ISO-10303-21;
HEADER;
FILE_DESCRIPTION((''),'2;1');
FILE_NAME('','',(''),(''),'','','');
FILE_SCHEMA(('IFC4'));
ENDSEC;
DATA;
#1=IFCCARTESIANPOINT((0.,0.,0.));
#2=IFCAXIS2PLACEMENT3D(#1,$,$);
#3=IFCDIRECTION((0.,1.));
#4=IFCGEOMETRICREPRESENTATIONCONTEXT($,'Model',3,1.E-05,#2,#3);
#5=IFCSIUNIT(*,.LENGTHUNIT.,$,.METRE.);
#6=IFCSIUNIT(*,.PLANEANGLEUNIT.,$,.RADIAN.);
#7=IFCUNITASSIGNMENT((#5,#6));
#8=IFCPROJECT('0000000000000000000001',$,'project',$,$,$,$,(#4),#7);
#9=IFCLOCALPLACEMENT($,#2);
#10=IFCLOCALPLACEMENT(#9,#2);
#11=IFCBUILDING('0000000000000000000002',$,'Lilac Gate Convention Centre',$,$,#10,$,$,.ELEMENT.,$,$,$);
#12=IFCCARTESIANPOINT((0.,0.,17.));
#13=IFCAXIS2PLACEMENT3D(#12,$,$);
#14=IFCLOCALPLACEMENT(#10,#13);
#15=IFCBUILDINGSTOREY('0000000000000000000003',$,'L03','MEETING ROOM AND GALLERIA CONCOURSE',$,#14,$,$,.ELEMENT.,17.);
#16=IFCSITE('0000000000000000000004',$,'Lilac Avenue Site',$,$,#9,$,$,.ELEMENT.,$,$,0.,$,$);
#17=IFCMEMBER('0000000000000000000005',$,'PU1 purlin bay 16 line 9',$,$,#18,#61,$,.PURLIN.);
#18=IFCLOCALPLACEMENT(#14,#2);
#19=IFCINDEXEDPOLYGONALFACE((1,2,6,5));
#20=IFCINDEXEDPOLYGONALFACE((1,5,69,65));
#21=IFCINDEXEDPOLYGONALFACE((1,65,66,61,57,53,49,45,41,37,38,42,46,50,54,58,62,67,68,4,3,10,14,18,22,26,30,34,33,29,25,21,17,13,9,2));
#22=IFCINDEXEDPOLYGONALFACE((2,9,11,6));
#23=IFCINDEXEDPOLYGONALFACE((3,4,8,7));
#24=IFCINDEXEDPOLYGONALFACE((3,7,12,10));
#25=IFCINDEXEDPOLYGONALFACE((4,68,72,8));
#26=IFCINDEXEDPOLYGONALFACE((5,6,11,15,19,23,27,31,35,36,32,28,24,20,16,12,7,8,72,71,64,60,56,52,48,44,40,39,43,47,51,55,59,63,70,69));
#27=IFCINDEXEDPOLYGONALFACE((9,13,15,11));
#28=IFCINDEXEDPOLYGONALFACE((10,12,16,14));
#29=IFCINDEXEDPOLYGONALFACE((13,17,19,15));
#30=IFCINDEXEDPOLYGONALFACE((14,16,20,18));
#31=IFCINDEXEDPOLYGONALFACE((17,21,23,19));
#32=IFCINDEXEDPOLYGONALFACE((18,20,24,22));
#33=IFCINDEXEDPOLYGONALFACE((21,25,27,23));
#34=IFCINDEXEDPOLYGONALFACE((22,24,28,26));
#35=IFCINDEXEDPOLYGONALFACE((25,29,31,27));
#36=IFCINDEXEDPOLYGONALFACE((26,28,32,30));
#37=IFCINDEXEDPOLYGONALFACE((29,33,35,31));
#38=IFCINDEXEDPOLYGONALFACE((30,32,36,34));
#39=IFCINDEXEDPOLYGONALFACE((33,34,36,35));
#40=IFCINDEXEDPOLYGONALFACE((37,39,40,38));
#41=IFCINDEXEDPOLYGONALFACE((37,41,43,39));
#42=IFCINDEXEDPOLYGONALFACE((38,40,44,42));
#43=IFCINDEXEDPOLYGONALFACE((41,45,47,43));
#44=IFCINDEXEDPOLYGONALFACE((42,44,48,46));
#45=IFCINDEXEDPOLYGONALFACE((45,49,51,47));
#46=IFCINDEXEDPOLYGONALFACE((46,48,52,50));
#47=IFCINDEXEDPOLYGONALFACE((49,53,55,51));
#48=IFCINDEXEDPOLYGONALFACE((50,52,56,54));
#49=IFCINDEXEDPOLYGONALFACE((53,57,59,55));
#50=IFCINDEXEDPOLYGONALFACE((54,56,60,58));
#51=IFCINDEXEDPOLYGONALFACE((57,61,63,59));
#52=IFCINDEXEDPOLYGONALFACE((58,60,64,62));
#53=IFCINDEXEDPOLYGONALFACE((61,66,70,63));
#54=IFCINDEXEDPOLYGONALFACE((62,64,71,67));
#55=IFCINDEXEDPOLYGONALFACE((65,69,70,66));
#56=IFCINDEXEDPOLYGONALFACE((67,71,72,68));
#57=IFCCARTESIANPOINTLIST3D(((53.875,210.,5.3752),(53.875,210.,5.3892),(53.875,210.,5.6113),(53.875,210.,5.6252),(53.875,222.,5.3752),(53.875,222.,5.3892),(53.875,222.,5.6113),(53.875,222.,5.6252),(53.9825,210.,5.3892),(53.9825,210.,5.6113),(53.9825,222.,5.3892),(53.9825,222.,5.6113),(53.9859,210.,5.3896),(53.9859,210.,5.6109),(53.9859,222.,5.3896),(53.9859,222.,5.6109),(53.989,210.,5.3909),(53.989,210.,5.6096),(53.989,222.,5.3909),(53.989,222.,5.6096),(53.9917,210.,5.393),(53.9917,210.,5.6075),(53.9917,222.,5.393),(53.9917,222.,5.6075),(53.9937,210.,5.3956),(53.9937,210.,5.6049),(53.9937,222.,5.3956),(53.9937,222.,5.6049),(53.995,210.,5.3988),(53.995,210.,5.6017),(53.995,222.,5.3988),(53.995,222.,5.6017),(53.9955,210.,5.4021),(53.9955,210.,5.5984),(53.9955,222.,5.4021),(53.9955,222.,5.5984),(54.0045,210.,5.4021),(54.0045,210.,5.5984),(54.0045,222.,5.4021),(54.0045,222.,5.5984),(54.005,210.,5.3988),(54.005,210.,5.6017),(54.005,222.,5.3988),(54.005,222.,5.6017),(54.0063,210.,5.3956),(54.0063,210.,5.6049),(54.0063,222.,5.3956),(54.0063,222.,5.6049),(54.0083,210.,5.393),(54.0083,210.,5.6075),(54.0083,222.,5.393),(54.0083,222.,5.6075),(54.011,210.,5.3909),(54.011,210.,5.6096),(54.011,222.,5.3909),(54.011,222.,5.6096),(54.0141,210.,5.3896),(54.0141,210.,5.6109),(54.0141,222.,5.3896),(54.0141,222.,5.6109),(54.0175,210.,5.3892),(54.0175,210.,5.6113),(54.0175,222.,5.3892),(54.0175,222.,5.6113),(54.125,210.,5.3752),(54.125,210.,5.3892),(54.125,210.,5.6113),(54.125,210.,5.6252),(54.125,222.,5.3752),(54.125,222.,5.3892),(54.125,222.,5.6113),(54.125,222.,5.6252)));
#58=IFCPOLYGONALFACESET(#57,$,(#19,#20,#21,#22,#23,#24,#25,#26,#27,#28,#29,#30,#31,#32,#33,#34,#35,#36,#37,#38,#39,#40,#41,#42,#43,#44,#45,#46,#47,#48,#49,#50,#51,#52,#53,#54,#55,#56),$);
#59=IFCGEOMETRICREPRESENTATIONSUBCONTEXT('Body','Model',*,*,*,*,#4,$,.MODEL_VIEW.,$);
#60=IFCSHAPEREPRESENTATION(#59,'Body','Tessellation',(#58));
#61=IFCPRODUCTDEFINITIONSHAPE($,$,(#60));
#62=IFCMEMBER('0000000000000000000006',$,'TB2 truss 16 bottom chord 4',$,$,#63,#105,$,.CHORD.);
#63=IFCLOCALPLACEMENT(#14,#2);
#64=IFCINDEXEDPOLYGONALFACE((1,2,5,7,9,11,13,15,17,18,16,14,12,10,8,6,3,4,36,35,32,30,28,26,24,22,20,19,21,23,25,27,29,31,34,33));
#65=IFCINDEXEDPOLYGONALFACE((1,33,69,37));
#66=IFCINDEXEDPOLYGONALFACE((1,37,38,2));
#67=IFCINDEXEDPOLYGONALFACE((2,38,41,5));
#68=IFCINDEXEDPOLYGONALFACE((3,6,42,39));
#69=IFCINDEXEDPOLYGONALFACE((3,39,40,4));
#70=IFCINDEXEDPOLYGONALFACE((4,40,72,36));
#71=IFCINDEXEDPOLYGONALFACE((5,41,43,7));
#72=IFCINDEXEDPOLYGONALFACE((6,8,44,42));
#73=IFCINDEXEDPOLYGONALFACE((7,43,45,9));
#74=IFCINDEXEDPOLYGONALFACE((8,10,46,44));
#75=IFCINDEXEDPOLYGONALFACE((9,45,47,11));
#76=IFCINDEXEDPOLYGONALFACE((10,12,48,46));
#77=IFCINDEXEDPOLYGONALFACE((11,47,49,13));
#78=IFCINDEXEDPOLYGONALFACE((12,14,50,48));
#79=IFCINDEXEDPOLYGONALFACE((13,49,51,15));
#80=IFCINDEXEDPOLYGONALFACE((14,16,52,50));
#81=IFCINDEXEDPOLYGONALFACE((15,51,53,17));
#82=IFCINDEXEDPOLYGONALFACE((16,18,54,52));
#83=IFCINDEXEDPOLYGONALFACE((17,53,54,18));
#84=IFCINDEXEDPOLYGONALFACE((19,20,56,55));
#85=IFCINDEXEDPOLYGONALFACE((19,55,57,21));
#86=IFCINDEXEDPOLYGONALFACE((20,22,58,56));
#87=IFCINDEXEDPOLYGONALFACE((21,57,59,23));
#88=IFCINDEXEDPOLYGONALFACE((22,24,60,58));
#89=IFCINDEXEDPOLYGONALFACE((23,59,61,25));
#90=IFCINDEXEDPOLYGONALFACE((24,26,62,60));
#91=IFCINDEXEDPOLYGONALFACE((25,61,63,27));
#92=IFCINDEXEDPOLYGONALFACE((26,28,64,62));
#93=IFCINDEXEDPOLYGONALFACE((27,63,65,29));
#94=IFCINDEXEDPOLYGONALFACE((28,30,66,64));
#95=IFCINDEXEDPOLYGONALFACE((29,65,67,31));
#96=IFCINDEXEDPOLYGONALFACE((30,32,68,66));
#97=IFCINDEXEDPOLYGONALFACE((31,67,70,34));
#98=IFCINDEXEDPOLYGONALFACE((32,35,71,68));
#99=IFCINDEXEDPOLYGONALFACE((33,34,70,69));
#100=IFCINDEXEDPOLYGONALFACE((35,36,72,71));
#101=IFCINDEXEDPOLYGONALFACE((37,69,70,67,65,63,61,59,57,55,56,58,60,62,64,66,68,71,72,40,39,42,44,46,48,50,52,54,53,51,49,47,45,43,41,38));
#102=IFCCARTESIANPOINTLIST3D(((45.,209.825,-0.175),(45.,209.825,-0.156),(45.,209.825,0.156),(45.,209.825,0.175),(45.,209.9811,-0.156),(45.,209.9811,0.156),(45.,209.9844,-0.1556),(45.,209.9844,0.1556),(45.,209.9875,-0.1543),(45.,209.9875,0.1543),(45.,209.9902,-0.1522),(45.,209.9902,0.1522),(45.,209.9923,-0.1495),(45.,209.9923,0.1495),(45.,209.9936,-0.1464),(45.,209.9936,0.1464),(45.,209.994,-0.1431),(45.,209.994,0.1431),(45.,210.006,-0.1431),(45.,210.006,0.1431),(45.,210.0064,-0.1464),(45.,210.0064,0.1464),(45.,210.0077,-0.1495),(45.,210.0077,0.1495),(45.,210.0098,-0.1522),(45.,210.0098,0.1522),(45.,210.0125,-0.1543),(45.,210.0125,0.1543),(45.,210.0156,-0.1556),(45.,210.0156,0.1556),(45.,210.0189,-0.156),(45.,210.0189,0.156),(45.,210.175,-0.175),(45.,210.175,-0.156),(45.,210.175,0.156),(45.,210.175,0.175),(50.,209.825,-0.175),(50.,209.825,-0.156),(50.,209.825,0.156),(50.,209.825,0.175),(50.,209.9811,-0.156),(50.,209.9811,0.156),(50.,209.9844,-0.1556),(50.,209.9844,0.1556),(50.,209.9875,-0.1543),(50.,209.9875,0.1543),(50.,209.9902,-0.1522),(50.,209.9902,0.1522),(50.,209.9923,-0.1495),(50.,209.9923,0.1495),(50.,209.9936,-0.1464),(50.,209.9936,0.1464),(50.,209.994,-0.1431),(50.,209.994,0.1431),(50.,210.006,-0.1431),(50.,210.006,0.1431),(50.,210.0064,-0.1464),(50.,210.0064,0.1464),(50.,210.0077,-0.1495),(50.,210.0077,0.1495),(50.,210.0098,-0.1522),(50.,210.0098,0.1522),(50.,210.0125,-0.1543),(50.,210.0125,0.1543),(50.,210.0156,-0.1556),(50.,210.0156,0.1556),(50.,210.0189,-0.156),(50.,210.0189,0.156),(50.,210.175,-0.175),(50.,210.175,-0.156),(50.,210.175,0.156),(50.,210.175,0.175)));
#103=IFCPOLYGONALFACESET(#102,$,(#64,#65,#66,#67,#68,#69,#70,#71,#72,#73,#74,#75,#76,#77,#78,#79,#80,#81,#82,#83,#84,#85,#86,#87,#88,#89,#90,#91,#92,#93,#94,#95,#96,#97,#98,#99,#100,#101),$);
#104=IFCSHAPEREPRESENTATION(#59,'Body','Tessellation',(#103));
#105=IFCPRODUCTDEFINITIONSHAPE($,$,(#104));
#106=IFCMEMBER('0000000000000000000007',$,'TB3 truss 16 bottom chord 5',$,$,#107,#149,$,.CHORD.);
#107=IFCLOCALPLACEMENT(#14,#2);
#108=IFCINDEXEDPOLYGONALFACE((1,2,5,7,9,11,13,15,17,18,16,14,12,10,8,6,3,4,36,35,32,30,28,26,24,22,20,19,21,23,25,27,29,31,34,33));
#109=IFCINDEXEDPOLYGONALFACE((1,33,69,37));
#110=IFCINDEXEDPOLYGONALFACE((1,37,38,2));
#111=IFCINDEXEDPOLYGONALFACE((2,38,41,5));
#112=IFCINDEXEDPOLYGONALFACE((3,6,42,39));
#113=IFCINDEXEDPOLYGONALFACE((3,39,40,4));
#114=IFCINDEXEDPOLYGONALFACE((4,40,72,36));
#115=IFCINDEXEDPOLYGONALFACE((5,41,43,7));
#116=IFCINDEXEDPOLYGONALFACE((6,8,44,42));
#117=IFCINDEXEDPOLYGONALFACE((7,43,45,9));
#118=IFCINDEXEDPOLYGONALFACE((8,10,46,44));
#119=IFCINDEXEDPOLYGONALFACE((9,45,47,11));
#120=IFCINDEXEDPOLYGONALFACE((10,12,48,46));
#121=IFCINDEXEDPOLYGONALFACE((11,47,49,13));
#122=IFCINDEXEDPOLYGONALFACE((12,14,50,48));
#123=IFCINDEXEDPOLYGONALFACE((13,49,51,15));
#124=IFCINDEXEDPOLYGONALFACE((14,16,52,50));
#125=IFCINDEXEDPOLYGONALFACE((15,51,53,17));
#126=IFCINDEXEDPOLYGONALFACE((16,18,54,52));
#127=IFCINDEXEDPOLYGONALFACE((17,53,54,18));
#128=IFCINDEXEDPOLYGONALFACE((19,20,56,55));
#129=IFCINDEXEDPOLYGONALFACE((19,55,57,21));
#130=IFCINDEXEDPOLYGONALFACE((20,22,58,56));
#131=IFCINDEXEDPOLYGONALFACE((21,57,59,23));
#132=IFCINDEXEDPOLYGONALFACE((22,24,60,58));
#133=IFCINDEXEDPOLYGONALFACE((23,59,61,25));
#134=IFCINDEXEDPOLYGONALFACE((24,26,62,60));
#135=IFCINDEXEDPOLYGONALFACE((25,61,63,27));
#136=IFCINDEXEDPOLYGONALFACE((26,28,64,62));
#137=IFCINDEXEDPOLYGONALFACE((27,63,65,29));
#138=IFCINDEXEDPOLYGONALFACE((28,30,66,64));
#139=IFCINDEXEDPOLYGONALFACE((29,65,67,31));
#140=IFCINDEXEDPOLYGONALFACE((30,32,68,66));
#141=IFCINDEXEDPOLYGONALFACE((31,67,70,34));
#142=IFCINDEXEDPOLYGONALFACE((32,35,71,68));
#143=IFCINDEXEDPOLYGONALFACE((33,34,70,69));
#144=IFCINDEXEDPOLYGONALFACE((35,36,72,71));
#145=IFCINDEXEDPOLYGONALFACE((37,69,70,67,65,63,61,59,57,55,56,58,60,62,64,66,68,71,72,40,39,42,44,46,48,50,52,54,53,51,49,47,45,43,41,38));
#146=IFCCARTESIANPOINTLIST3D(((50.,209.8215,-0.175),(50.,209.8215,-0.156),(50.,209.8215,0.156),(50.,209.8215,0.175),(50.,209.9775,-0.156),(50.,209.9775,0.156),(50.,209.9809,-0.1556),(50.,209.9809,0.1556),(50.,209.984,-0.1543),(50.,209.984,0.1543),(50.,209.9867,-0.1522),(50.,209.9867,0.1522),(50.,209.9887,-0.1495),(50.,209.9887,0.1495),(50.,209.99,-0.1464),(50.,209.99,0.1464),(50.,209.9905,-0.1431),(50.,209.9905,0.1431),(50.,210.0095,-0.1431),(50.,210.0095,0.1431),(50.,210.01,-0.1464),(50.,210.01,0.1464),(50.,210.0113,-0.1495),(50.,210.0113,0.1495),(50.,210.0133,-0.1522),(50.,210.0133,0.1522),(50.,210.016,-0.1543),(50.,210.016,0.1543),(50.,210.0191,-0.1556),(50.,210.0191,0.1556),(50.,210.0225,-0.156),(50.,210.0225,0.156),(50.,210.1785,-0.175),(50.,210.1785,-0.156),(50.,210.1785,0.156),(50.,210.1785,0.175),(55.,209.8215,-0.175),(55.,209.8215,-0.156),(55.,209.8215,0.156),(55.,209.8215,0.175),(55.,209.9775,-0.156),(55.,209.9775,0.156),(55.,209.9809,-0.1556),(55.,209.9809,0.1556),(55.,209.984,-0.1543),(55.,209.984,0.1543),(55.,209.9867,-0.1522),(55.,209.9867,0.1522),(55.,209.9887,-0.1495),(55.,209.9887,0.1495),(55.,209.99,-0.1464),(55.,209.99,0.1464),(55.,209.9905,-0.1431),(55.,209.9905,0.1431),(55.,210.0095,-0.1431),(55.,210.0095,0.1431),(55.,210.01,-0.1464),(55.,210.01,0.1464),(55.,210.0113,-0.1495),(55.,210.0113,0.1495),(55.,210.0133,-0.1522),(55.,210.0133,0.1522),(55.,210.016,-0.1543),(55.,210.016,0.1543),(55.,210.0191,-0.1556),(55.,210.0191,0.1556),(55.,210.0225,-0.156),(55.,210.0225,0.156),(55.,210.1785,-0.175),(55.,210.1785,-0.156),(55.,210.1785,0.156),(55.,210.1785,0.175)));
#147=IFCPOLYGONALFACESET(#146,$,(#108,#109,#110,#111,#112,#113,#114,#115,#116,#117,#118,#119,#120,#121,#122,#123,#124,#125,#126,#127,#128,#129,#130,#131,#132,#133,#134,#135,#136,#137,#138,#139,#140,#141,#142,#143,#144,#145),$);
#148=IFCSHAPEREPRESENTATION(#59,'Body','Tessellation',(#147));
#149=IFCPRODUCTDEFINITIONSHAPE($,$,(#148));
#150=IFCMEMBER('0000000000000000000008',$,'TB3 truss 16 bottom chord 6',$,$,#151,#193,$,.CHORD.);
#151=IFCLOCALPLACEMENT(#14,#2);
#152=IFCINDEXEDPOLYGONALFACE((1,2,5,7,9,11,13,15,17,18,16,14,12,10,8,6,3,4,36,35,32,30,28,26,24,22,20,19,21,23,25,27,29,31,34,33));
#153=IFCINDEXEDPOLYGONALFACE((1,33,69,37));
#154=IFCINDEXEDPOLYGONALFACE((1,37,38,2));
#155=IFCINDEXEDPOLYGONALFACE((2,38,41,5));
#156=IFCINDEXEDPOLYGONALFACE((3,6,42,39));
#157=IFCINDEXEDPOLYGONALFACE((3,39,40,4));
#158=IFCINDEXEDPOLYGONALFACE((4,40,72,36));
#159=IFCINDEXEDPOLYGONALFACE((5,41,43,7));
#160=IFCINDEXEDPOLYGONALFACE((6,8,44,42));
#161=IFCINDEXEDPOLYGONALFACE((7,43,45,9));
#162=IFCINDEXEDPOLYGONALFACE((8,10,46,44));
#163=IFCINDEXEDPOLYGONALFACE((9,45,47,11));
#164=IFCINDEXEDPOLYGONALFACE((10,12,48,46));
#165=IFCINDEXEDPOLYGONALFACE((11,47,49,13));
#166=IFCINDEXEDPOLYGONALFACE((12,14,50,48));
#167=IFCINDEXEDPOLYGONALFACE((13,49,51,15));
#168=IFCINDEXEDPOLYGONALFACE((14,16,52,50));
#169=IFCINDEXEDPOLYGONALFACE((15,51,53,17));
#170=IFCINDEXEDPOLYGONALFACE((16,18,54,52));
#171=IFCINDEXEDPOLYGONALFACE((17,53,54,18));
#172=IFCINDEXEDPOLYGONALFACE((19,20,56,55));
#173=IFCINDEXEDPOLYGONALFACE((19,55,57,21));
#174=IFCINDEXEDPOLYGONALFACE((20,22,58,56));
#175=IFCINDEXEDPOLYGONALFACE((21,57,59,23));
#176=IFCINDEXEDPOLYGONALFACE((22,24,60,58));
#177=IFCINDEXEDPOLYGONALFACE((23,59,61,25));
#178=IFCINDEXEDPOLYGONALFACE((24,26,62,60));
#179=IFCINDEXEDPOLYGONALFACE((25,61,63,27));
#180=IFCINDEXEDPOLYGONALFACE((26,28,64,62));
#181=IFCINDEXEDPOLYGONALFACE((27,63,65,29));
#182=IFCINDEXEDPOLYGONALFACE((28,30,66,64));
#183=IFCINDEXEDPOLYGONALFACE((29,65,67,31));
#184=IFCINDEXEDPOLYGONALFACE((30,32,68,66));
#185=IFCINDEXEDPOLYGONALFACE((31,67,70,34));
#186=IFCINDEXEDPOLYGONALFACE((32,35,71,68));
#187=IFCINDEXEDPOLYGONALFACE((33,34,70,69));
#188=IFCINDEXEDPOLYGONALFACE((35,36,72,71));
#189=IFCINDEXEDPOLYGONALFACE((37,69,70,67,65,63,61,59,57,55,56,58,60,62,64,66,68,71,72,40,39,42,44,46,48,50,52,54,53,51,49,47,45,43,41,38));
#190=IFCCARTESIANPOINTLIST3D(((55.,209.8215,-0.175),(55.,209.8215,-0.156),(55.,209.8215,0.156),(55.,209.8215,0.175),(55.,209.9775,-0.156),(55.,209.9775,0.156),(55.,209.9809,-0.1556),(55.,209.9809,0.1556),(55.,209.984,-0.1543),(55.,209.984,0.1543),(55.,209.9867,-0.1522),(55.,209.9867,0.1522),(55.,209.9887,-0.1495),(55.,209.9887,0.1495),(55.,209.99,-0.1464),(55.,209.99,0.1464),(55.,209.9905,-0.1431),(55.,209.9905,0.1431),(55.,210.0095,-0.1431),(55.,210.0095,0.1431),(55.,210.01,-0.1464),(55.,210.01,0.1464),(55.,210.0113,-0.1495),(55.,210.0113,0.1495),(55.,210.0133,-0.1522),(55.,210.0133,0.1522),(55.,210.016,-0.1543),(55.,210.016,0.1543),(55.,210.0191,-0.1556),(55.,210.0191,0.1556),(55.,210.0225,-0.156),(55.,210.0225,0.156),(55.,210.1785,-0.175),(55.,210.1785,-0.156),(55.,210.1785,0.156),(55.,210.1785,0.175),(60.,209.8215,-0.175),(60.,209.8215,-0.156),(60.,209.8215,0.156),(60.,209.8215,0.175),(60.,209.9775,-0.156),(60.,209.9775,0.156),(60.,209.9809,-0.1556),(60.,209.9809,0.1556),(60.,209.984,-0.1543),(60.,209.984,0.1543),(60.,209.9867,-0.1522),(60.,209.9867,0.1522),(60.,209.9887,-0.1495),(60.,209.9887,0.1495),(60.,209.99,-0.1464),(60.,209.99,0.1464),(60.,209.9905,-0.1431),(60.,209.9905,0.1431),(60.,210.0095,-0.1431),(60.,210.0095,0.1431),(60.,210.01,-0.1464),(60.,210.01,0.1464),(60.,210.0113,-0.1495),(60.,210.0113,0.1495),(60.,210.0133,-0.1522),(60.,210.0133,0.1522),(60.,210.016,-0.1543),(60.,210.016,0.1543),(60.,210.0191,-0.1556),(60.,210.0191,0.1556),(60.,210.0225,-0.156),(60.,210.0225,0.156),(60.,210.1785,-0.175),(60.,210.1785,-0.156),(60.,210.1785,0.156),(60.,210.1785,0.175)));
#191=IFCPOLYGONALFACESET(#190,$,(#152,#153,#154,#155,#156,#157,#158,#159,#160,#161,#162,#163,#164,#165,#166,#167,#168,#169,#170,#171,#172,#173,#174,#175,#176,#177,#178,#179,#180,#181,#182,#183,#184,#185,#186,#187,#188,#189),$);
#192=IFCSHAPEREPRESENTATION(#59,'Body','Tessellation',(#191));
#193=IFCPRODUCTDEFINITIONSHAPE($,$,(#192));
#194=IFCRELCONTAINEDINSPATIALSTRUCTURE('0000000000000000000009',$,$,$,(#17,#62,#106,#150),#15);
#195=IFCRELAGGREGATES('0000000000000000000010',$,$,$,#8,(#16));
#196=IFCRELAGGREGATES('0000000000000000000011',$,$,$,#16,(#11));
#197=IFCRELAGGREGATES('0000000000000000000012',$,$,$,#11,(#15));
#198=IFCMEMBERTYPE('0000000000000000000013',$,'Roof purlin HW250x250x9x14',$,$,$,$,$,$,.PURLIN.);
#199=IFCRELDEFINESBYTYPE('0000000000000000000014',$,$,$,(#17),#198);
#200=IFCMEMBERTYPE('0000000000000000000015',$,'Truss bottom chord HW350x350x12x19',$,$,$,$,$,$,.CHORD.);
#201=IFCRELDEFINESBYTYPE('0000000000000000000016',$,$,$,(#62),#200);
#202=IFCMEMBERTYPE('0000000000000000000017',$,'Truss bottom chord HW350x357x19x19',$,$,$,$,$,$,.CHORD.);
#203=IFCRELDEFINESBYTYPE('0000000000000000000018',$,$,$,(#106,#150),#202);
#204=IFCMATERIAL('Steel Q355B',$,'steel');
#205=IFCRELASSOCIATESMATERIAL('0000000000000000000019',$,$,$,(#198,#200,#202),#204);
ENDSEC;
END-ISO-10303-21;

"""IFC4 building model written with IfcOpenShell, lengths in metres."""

from ifc_helpers import new_model, si_unit, direction, frame, origin, origin_2d, place, context, subcontext, project, spatial, i_section, extrude, material, material_profile, profile_set, type_object, element, save


model = new_model("IFC4")

# Units and contexts
model_context = context("Model", 3, precision=1e-05, world=origin(), true_north=direction((0.0, 1.0)))
body_context = subcontext(model_context, "Body", "Model", "MODEL_VIEW")
ifc_project = project(units=[si_unit("LENGTHUNIT", "METRE"), si_unit("PLANEANGLEUNIT", "RADIAN")], contexts=[model_context])

# Site, building, storey
site_placement = place(None, origin())
site = spatial("IfcSite", under=ifc_project, at=site_placement, Name="Lilac Avenue Site", CompositionType="ELEMENT", RefElevation=0.0)
building_placement = place(site_placement, origin())
building = spatial("IfcBuilding", under=site, at=building_placement, Name="Lilac Gate Convention Centre", CompositionType="ELEMENT")
storey_placement = place(building_placement, frame((0.0, 0.0, 17.0)))
storey = spatial("IfcBuildingStorey", under=building, at=storey_placement, Name="L03", Description="MEETING ROOM AND GALLERIA CONCOURSE", CompositionType="ELEMENT", Elevation=17.0)

# Members
ifc_material = material(Name="Steel Q355B", Category="steel")
ifc_material_profile_1 = material_profile(ifc_material, i_section(OverallWidth=0.25, OverallDepth=0.25, WebThickness=0.009, FlangeThickness=0.0139, FilletRadius=0.0129, at=origin_2d()), Name="HW250x250x9x14")
ifc_profile_set_1 = profile_set([ifc_material_profile_1], Name="Steel Q355B")
member_type_1 = type_object("IfcMemberType", Name="Roof purlin HW250x250x9x14", PredefinedType="PURLIN", material=ifc_profile_set_1)
for number, where, z_axis, x_axis, name in (
    (1, (54.0, 210.0, 5.5002), (0.0, 1.0, 0.0), (-1.0, 0.0, 0.0), "PU1 purlin bay 16 line 9"),
):
    element("IfcMember", number, at=place(storey_placement, frame(where, z_axis=z_axis, x_axis=x_axis)), inside=storey, type_object=member_type_1, Name=name, PredefinedType="PURLIN", context=body_context, shape_type="SweptSolid", body=[
        extrude(i_section(OverallWidth=0.25, OverallDepth=0.25, WebThickness=0.009, FlangeThickness=0.0139, FilletRadius=0.0129, at=origin_2d()), origin(), (0.0, 0.0, 1.0), 12.0),
    ])
ifc_material_profile_2 = material_profile(ifc_material, i_section(OverallWidth=0.3501, OverallDepth=0.3501, WebThickness=0.012, FlangeThickness=0.019, FilletRadius=0.0129, at=origin_2d()), Name="HW350x350x12x19")
ifc_profile_set_2 = profile_set([ifc_material_profile_2], Name="Steel Q355B")
member_type_2 = type_object("IfcMemberType", Name="Truss bottom chord HW350x350x12x19", PredefinedType="CHORD", material=ifc_profile_set_2)
member_1_placement = place(storey_placement, frame((45.0, 210.0, 0.0), z_axis=(1.0, 0.0, 0.0), x_axis=(0.0, 1.0, 0.0)))
element("IfcMember", 2, at=member_1_placement, inside=storey, type_object=member_type_2, Name="TB2 truss 16 bottom chord 4", PredefinedType="CHORD", context=body_context, shape_type="SweptSolid", body=[
    extrude(i_section(OverallWidth=0.3501, OverallDepth=0.3501, WebThickness=0.012, FlangeThickness=0.019, FilletRadius=0.0129, at=origin_2d()), origin(), (0.0, 0.0, 1.0), 5.0),
])
ifc_material_profile_3 = material_profile(ifc_material, i_section(OverallWidth=0.3569, OverallDepth=0.3501, WebThickness=0.019, FlangeThickness=0.019, FilletRadius=0.0129, at=origin_2d()), Name="HW350x357x19x19")
ifc_profile_set_3 = profile_set([ifc_material_profile_3], Name="Steel Q355B")
member_type_3 = type_object("IfcMemberType", Name="Truss bottom chord HW350x357x19x19", PredefinedType="CHORD", material=ifc_profile_set_3)
for number, where, z_axis, x_axis, name in (
    (3, (50.0, 210.0, 0.0), (1.0, 0.0, 0.0), (0.0, 1.0, 0.0), "TB3 truss 16 bottom chord 5"),
    (4, (55.0, 210.0, 0.0), (1.0, 0.0, 0.0), (0.0, 1.0, 0.0), "TB3 truss 16 bottom chord 6"),
):
    element("IfcMember", number, at=place(storey_placement, frame(where, z_axis=z_axis, x_axis=x_axis)), inside=storey, type_object=member_type_3, Name=name, PredefinedType="CHORD", context=body_context, shape_type="SweptSolid", body=[
        extrude(i_section(OverallWidth=0.3569, OverallDepth=0.3501, WebThickness=0.019, FlangeThickness=0.019, FilletRadius=0.0129, at=origin_2d()), origin(), (0.0, 0.0, 1.0), 5.0),
    ])

save(model, "model.ifc")
